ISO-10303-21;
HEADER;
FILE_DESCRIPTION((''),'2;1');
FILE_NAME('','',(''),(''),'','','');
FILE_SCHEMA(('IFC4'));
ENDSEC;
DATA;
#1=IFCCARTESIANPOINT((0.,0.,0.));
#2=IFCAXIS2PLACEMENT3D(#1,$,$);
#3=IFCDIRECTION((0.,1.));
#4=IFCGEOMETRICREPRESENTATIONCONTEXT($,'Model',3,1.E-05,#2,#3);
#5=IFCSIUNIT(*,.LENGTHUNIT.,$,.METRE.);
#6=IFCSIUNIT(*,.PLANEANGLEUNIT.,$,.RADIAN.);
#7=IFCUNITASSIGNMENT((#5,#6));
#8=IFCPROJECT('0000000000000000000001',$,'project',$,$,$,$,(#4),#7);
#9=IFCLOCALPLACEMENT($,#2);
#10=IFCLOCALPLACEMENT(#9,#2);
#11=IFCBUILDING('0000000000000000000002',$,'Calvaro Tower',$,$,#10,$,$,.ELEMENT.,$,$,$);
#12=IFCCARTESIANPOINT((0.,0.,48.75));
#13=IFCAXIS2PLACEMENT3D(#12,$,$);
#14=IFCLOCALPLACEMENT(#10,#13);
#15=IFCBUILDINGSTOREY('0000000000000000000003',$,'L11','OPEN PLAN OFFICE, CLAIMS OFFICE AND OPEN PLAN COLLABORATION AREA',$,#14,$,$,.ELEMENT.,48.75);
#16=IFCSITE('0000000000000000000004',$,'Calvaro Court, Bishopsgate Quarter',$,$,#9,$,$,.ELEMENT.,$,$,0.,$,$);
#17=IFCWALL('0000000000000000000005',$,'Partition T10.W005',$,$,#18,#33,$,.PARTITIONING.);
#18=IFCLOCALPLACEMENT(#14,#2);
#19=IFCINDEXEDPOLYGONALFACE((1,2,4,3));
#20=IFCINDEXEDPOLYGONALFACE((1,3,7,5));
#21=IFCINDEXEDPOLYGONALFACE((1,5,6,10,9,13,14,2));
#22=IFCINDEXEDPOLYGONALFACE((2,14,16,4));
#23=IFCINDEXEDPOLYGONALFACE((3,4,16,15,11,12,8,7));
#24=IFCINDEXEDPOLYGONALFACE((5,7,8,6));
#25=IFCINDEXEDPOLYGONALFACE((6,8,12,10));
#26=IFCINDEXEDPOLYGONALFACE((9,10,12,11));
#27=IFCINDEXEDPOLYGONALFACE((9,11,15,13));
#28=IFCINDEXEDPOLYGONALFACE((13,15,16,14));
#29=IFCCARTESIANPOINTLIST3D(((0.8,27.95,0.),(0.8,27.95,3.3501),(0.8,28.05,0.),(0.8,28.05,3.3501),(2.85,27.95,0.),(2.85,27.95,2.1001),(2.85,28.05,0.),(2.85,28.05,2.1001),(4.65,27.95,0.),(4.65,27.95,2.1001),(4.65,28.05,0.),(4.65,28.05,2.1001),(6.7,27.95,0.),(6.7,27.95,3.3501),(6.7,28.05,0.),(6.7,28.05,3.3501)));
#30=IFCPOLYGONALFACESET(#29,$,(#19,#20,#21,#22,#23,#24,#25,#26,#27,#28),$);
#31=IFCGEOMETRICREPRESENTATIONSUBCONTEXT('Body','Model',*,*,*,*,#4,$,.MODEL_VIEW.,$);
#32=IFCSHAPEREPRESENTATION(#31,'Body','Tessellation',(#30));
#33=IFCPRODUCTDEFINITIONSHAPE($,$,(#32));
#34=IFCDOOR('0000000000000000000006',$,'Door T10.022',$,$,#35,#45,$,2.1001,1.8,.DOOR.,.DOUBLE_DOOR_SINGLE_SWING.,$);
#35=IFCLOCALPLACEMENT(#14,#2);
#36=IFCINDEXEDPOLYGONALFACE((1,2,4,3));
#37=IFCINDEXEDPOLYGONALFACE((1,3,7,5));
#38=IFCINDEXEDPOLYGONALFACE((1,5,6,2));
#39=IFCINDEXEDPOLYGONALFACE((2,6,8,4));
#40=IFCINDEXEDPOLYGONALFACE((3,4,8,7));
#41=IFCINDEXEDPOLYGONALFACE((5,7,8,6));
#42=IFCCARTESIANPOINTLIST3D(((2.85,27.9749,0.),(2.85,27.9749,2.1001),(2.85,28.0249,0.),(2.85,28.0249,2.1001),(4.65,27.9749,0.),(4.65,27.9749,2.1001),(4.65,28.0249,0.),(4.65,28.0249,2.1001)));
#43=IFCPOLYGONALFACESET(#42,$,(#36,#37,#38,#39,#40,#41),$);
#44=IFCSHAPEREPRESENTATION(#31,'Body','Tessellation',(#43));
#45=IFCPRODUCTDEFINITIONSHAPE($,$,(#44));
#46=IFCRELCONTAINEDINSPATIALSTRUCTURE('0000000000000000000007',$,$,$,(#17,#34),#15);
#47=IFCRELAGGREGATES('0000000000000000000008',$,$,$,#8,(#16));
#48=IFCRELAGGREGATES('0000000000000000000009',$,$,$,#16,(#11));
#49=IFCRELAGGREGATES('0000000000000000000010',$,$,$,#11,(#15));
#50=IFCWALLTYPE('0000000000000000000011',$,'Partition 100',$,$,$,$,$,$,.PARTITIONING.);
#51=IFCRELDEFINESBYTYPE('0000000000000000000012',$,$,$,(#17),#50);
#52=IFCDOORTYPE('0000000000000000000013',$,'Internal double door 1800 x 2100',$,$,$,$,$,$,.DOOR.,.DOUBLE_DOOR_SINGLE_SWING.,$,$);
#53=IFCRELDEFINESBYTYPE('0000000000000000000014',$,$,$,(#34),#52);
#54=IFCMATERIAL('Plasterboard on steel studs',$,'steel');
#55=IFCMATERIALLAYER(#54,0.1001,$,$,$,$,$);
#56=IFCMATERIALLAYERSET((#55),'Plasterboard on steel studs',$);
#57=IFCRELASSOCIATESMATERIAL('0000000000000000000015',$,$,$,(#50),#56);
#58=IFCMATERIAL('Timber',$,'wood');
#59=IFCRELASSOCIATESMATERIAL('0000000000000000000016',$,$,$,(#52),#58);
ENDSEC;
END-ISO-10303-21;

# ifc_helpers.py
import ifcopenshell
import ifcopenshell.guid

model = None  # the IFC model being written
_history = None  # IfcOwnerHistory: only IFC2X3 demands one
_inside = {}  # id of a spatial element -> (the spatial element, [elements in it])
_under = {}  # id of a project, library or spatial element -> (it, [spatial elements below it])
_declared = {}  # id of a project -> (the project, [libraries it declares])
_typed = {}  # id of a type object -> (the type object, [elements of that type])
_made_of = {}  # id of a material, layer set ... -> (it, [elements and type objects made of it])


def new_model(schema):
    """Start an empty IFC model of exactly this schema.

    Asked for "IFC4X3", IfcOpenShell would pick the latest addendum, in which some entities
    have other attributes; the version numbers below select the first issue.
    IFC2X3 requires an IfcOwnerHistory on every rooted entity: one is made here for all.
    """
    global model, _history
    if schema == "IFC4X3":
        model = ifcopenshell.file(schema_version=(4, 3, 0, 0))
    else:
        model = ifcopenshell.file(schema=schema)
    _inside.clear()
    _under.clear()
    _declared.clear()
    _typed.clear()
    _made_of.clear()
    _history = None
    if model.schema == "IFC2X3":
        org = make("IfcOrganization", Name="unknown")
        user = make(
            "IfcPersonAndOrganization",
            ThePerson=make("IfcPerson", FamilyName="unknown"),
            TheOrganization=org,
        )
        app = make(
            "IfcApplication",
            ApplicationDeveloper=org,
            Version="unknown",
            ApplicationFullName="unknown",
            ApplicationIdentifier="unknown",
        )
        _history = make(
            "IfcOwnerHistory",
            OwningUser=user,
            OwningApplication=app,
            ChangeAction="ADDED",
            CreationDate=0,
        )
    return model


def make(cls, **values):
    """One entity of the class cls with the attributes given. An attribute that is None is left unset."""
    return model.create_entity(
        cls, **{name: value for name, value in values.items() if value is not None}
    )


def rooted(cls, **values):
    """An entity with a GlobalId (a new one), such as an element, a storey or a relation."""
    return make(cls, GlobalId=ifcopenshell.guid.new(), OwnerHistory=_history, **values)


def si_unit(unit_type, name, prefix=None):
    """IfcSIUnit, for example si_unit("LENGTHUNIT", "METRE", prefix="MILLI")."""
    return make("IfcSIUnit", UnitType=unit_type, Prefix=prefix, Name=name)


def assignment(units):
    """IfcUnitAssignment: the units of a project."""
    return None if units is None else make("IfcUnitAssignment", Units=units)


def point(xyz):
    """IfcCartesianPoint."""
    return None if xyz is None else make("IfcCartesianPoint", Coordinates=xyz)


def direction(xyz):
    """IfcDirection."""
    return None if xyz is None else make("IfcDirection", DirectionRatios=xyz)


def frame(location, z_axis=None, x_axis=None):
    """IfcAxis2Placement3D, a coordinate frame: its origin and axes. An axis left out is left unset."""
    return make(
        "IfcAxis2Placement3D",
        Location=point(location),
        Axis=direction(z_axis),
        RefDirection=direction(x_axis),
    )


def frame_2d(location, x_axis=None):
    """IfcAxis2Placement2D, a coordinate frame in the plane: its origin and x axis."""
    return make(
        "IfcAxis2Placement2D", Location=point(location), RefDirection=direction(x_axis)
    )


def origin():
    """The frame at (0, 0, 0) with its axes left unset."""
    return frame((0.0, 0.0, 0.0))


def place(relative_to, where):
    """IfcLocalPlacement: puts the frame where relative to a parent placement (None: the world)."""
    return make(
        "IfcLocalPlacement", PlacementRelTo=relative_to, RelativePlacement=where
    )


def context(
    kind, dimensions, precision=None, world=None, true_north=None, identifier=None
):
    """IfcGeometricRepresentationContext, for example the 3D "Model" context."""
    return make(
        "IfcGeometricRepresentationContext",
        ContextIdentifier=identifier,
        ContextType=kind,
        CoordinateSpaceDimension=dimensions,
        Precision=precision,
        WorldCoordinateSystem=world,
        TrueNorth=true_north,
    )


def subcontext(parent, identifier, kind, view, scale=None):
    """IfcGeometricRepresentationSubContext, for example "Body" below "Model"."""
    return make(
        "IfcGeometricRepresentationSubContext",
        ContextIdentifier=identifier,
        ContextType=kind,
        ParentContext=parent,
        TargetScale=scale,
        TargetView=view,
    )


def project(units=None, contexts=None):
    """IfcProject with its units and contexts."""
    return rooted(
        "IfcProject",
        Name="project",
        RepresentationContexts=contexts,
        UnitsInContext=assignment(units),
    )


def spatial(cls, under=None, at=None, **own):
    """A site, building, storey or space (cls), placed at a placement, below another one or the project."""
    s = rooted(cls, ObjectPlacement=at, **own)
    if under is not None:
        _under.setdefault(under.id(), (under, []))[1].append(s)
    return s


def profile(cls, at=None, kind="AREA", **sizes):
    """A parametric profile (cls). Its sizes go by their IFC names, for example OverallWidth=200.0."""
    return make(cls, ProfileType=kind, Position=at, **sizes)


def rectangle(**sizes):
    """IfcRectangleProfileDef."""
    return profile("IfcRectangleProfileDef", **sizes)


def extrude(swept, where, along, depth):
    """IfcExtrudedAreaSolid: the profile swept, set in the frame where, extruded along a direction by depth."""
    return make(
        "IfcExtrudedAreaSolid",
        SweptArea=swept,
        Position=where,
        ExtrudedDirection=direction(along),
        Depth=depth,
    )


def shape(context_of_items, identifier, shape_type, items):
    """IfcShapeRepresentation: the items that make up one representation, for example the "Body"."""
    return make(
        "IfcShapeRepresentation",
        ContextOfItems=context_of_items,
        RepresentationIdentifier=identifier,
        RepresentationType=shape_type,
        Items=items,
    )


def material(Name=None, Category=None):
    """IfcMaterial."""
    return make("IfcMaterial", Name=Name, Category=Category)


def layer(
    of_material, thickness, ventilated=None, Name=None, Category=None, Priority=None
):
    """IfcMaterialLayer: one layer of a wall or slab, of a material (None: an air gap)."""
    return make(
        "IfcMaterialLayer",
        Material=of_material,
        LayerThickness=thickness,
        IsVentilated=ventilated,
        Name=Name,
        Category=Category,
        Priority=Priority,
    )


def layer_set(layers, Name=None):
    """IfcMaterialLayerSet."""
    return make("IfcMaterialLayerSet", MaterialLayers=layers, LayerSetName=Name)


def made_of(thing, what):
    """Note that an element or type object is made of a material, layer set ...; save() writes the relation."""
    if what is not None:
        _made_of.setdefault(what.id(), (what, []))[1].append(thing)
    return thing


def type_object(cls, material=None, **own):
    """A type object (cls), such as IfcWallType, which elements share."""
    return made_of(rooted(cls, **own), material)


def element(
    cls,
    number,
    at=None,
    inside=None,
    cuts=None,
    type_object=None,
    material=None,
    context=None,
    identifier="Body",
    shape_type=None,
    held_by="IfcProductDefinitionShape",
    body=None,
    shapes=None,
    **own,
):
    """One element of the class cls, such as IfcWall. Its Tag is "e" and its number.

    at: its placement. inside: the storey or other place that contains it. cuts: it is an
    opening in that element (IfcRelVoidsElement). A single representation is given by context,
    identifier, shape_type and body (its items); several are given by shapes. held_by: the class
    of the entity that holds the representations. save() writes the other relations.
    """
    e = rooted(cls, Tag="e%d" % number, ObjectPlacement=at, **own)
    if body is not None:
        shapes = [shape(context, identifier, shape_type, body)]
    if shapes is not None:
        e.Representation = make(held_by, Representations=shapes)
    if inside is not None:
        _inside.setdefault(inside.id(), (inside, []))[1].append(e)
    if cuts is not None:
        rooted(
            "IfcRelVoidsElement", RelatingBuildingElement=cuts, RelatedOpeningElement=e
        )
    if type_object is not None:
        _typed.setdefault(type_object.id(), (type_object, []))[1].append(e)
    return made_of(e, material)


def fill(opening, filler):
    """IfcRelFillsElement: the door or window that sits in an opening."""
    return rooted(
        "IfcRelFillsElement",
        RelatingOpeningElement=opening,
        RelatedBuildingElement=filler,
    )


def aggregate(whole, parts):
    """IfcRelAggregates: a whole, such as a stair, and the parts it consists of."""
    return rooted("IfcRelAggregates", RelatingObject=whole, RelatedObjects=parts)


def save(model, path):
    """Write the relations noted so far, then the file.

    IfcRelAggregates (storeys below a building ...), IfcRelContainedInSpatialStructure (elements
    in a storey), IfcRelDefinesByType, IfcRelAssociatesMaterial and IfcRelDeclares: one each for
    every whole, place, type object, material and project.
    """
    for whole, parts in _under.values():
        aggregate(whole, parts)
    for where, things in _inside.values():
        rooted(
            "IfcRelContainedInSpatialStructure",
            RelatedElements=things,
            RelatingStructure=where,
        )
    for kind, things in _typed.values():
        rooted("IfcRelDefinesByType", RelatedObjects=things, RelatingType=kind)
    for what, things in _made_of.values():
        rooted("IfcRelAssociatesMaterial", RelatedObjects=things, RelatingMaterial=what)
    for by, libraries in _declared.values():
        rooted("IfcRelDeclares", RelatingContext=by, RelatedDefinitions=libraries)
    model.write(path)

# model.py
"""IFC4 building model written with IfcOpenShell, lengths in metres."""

from ifc_helpers import new_model, si_unit, direction, frame, frame_2d, origin, place, context, subcontext, project, spatial, rectangle, extrude, material, layer, layer_set, type_object, element, fill, save


model = new_model("IFC4")

# Units and contexts
model_context = context("Model", 3, precision=1e-05, world=origin(), true_north=direction((0.0, 1.0)))
body_context = subcontext(model_context, "Body", "Model", "MODEL_VIEW")
ifc_project = project(units=[si_unit("LENGTHUNIT", "METRE"), si_unit("PLANEANGLEUNIT", "RADIAN")], contexts=[model_context])

# Site, building, storey
site_placement = place(None, origin())
site = spatial("IfcSite", under=ifc_project, at=site_placement, Name="Calvaro Court, Bishopsgate Quarter", CompositionType="ELEMENT", RefElevation=0.0)
building_placement = place(site_placement, origin())
building = spatial("IfcBuilding", under=site, at=building_placement, Name="Calvaro Tower", CompositionType="ELEMENT")
storey_placement = place(building_placement, frame((0.0, 0.0, 48.75)))
storey = spatial("IfcBuildingStorey", under=building, at=storey_placement, Name="L11", Description="OPEN PLAN OFFICE, CLAIMS OFFICE AND OPEN PLAN COLLABORATION AREA", CompositionType="ELEMENT", Elevation=48.75)

# Wall, opening, door
ifc_material_1 = material(Name="Plasterboard on steel studs", Category="steel")
ifc_layer = layer(ifc_material_1, 0.1001)
ifc_layer_set = layer_set([ifc_layer], Name="Plasterboard on steel studs")
wall_type = type_object("IfcWallType", Name="Partition 100", PredefinedType="PARTITIONING", material=ifc_layer_set)
wall_placement = place(storey_placement, frame((0.8, 28.0, 0.0), z_axis=(0.0, 0.0, 1.0), x_axis=(1.0, 0.0, 0.0)))
wall = element("IfcWall", 1, at=wall_placement, inside=storey, type_object=wall_type, Name="Partition T10.W005", PredefinedType="PARTITIONING", context=body_context, shape_type="SweptSolid", body=[
    extrude(rectangle(XDim=5.8999, YDim=0.1001, at=frame_2d((2.95, 0.0))), origin(), (0.0, 0.0, 1.0), 3.3501),
])
opening_placement = place(wall_placement, frame((2.05, 0.0, 0.0)))
opening = element("IfcOpeningElement", 2, at=opening_placement, cuts=wall, PredefinedType="OPENING", context=body_context, shape_type="SweptSolid", body=[
    extrude(rectangle(XDim=1.8, YDim=2.1001, at=frame_2d((0.8999, 1.05))), frame((0.0, 0.0601, 0.0), z_axis=(0.0, -1.0, 0.0), x_axis=(1.0, 0.0, 0.0)), (0.0, 0.0, 1.0), 0.1201),
])
ifc_material_2 = material(Name="Timber", Category="wood")
door_type = type_object("IfcDoorType", Name="Internal double door 1800 x 2100", OperationType="DOUBLE_DOOR_SINGLE_SWING", PredefinedType="DOOR", material=ifc_material_2)
door_placement = place(opening_placement, origin())
door = element("IfcDoor", 3, at=door_placement, inside=storey, type_object=door_type, Name="Door T10.022", OperationType="DOUBLE_DOOR_SINGLE_SWING", OverallHeight=2.1001, OverallWidth=1.8, PredefinedType="DOOR", context=body_context, shape_type="SweptSolid", body=[
    extrude(rectangle(XDim=1.8, YDim=2.1001, at=frame_2d((0.8999, 1.05))), frame((0.0, 0.0249, 0.0), z_axis=(0.0, -1.0, 0.0), x_axis=(1.0, 0.0, 0.0)), (0.0, 0.0, 1.0), 0.05),
])
fill(opening, door)

save(model, "model.ifc")
